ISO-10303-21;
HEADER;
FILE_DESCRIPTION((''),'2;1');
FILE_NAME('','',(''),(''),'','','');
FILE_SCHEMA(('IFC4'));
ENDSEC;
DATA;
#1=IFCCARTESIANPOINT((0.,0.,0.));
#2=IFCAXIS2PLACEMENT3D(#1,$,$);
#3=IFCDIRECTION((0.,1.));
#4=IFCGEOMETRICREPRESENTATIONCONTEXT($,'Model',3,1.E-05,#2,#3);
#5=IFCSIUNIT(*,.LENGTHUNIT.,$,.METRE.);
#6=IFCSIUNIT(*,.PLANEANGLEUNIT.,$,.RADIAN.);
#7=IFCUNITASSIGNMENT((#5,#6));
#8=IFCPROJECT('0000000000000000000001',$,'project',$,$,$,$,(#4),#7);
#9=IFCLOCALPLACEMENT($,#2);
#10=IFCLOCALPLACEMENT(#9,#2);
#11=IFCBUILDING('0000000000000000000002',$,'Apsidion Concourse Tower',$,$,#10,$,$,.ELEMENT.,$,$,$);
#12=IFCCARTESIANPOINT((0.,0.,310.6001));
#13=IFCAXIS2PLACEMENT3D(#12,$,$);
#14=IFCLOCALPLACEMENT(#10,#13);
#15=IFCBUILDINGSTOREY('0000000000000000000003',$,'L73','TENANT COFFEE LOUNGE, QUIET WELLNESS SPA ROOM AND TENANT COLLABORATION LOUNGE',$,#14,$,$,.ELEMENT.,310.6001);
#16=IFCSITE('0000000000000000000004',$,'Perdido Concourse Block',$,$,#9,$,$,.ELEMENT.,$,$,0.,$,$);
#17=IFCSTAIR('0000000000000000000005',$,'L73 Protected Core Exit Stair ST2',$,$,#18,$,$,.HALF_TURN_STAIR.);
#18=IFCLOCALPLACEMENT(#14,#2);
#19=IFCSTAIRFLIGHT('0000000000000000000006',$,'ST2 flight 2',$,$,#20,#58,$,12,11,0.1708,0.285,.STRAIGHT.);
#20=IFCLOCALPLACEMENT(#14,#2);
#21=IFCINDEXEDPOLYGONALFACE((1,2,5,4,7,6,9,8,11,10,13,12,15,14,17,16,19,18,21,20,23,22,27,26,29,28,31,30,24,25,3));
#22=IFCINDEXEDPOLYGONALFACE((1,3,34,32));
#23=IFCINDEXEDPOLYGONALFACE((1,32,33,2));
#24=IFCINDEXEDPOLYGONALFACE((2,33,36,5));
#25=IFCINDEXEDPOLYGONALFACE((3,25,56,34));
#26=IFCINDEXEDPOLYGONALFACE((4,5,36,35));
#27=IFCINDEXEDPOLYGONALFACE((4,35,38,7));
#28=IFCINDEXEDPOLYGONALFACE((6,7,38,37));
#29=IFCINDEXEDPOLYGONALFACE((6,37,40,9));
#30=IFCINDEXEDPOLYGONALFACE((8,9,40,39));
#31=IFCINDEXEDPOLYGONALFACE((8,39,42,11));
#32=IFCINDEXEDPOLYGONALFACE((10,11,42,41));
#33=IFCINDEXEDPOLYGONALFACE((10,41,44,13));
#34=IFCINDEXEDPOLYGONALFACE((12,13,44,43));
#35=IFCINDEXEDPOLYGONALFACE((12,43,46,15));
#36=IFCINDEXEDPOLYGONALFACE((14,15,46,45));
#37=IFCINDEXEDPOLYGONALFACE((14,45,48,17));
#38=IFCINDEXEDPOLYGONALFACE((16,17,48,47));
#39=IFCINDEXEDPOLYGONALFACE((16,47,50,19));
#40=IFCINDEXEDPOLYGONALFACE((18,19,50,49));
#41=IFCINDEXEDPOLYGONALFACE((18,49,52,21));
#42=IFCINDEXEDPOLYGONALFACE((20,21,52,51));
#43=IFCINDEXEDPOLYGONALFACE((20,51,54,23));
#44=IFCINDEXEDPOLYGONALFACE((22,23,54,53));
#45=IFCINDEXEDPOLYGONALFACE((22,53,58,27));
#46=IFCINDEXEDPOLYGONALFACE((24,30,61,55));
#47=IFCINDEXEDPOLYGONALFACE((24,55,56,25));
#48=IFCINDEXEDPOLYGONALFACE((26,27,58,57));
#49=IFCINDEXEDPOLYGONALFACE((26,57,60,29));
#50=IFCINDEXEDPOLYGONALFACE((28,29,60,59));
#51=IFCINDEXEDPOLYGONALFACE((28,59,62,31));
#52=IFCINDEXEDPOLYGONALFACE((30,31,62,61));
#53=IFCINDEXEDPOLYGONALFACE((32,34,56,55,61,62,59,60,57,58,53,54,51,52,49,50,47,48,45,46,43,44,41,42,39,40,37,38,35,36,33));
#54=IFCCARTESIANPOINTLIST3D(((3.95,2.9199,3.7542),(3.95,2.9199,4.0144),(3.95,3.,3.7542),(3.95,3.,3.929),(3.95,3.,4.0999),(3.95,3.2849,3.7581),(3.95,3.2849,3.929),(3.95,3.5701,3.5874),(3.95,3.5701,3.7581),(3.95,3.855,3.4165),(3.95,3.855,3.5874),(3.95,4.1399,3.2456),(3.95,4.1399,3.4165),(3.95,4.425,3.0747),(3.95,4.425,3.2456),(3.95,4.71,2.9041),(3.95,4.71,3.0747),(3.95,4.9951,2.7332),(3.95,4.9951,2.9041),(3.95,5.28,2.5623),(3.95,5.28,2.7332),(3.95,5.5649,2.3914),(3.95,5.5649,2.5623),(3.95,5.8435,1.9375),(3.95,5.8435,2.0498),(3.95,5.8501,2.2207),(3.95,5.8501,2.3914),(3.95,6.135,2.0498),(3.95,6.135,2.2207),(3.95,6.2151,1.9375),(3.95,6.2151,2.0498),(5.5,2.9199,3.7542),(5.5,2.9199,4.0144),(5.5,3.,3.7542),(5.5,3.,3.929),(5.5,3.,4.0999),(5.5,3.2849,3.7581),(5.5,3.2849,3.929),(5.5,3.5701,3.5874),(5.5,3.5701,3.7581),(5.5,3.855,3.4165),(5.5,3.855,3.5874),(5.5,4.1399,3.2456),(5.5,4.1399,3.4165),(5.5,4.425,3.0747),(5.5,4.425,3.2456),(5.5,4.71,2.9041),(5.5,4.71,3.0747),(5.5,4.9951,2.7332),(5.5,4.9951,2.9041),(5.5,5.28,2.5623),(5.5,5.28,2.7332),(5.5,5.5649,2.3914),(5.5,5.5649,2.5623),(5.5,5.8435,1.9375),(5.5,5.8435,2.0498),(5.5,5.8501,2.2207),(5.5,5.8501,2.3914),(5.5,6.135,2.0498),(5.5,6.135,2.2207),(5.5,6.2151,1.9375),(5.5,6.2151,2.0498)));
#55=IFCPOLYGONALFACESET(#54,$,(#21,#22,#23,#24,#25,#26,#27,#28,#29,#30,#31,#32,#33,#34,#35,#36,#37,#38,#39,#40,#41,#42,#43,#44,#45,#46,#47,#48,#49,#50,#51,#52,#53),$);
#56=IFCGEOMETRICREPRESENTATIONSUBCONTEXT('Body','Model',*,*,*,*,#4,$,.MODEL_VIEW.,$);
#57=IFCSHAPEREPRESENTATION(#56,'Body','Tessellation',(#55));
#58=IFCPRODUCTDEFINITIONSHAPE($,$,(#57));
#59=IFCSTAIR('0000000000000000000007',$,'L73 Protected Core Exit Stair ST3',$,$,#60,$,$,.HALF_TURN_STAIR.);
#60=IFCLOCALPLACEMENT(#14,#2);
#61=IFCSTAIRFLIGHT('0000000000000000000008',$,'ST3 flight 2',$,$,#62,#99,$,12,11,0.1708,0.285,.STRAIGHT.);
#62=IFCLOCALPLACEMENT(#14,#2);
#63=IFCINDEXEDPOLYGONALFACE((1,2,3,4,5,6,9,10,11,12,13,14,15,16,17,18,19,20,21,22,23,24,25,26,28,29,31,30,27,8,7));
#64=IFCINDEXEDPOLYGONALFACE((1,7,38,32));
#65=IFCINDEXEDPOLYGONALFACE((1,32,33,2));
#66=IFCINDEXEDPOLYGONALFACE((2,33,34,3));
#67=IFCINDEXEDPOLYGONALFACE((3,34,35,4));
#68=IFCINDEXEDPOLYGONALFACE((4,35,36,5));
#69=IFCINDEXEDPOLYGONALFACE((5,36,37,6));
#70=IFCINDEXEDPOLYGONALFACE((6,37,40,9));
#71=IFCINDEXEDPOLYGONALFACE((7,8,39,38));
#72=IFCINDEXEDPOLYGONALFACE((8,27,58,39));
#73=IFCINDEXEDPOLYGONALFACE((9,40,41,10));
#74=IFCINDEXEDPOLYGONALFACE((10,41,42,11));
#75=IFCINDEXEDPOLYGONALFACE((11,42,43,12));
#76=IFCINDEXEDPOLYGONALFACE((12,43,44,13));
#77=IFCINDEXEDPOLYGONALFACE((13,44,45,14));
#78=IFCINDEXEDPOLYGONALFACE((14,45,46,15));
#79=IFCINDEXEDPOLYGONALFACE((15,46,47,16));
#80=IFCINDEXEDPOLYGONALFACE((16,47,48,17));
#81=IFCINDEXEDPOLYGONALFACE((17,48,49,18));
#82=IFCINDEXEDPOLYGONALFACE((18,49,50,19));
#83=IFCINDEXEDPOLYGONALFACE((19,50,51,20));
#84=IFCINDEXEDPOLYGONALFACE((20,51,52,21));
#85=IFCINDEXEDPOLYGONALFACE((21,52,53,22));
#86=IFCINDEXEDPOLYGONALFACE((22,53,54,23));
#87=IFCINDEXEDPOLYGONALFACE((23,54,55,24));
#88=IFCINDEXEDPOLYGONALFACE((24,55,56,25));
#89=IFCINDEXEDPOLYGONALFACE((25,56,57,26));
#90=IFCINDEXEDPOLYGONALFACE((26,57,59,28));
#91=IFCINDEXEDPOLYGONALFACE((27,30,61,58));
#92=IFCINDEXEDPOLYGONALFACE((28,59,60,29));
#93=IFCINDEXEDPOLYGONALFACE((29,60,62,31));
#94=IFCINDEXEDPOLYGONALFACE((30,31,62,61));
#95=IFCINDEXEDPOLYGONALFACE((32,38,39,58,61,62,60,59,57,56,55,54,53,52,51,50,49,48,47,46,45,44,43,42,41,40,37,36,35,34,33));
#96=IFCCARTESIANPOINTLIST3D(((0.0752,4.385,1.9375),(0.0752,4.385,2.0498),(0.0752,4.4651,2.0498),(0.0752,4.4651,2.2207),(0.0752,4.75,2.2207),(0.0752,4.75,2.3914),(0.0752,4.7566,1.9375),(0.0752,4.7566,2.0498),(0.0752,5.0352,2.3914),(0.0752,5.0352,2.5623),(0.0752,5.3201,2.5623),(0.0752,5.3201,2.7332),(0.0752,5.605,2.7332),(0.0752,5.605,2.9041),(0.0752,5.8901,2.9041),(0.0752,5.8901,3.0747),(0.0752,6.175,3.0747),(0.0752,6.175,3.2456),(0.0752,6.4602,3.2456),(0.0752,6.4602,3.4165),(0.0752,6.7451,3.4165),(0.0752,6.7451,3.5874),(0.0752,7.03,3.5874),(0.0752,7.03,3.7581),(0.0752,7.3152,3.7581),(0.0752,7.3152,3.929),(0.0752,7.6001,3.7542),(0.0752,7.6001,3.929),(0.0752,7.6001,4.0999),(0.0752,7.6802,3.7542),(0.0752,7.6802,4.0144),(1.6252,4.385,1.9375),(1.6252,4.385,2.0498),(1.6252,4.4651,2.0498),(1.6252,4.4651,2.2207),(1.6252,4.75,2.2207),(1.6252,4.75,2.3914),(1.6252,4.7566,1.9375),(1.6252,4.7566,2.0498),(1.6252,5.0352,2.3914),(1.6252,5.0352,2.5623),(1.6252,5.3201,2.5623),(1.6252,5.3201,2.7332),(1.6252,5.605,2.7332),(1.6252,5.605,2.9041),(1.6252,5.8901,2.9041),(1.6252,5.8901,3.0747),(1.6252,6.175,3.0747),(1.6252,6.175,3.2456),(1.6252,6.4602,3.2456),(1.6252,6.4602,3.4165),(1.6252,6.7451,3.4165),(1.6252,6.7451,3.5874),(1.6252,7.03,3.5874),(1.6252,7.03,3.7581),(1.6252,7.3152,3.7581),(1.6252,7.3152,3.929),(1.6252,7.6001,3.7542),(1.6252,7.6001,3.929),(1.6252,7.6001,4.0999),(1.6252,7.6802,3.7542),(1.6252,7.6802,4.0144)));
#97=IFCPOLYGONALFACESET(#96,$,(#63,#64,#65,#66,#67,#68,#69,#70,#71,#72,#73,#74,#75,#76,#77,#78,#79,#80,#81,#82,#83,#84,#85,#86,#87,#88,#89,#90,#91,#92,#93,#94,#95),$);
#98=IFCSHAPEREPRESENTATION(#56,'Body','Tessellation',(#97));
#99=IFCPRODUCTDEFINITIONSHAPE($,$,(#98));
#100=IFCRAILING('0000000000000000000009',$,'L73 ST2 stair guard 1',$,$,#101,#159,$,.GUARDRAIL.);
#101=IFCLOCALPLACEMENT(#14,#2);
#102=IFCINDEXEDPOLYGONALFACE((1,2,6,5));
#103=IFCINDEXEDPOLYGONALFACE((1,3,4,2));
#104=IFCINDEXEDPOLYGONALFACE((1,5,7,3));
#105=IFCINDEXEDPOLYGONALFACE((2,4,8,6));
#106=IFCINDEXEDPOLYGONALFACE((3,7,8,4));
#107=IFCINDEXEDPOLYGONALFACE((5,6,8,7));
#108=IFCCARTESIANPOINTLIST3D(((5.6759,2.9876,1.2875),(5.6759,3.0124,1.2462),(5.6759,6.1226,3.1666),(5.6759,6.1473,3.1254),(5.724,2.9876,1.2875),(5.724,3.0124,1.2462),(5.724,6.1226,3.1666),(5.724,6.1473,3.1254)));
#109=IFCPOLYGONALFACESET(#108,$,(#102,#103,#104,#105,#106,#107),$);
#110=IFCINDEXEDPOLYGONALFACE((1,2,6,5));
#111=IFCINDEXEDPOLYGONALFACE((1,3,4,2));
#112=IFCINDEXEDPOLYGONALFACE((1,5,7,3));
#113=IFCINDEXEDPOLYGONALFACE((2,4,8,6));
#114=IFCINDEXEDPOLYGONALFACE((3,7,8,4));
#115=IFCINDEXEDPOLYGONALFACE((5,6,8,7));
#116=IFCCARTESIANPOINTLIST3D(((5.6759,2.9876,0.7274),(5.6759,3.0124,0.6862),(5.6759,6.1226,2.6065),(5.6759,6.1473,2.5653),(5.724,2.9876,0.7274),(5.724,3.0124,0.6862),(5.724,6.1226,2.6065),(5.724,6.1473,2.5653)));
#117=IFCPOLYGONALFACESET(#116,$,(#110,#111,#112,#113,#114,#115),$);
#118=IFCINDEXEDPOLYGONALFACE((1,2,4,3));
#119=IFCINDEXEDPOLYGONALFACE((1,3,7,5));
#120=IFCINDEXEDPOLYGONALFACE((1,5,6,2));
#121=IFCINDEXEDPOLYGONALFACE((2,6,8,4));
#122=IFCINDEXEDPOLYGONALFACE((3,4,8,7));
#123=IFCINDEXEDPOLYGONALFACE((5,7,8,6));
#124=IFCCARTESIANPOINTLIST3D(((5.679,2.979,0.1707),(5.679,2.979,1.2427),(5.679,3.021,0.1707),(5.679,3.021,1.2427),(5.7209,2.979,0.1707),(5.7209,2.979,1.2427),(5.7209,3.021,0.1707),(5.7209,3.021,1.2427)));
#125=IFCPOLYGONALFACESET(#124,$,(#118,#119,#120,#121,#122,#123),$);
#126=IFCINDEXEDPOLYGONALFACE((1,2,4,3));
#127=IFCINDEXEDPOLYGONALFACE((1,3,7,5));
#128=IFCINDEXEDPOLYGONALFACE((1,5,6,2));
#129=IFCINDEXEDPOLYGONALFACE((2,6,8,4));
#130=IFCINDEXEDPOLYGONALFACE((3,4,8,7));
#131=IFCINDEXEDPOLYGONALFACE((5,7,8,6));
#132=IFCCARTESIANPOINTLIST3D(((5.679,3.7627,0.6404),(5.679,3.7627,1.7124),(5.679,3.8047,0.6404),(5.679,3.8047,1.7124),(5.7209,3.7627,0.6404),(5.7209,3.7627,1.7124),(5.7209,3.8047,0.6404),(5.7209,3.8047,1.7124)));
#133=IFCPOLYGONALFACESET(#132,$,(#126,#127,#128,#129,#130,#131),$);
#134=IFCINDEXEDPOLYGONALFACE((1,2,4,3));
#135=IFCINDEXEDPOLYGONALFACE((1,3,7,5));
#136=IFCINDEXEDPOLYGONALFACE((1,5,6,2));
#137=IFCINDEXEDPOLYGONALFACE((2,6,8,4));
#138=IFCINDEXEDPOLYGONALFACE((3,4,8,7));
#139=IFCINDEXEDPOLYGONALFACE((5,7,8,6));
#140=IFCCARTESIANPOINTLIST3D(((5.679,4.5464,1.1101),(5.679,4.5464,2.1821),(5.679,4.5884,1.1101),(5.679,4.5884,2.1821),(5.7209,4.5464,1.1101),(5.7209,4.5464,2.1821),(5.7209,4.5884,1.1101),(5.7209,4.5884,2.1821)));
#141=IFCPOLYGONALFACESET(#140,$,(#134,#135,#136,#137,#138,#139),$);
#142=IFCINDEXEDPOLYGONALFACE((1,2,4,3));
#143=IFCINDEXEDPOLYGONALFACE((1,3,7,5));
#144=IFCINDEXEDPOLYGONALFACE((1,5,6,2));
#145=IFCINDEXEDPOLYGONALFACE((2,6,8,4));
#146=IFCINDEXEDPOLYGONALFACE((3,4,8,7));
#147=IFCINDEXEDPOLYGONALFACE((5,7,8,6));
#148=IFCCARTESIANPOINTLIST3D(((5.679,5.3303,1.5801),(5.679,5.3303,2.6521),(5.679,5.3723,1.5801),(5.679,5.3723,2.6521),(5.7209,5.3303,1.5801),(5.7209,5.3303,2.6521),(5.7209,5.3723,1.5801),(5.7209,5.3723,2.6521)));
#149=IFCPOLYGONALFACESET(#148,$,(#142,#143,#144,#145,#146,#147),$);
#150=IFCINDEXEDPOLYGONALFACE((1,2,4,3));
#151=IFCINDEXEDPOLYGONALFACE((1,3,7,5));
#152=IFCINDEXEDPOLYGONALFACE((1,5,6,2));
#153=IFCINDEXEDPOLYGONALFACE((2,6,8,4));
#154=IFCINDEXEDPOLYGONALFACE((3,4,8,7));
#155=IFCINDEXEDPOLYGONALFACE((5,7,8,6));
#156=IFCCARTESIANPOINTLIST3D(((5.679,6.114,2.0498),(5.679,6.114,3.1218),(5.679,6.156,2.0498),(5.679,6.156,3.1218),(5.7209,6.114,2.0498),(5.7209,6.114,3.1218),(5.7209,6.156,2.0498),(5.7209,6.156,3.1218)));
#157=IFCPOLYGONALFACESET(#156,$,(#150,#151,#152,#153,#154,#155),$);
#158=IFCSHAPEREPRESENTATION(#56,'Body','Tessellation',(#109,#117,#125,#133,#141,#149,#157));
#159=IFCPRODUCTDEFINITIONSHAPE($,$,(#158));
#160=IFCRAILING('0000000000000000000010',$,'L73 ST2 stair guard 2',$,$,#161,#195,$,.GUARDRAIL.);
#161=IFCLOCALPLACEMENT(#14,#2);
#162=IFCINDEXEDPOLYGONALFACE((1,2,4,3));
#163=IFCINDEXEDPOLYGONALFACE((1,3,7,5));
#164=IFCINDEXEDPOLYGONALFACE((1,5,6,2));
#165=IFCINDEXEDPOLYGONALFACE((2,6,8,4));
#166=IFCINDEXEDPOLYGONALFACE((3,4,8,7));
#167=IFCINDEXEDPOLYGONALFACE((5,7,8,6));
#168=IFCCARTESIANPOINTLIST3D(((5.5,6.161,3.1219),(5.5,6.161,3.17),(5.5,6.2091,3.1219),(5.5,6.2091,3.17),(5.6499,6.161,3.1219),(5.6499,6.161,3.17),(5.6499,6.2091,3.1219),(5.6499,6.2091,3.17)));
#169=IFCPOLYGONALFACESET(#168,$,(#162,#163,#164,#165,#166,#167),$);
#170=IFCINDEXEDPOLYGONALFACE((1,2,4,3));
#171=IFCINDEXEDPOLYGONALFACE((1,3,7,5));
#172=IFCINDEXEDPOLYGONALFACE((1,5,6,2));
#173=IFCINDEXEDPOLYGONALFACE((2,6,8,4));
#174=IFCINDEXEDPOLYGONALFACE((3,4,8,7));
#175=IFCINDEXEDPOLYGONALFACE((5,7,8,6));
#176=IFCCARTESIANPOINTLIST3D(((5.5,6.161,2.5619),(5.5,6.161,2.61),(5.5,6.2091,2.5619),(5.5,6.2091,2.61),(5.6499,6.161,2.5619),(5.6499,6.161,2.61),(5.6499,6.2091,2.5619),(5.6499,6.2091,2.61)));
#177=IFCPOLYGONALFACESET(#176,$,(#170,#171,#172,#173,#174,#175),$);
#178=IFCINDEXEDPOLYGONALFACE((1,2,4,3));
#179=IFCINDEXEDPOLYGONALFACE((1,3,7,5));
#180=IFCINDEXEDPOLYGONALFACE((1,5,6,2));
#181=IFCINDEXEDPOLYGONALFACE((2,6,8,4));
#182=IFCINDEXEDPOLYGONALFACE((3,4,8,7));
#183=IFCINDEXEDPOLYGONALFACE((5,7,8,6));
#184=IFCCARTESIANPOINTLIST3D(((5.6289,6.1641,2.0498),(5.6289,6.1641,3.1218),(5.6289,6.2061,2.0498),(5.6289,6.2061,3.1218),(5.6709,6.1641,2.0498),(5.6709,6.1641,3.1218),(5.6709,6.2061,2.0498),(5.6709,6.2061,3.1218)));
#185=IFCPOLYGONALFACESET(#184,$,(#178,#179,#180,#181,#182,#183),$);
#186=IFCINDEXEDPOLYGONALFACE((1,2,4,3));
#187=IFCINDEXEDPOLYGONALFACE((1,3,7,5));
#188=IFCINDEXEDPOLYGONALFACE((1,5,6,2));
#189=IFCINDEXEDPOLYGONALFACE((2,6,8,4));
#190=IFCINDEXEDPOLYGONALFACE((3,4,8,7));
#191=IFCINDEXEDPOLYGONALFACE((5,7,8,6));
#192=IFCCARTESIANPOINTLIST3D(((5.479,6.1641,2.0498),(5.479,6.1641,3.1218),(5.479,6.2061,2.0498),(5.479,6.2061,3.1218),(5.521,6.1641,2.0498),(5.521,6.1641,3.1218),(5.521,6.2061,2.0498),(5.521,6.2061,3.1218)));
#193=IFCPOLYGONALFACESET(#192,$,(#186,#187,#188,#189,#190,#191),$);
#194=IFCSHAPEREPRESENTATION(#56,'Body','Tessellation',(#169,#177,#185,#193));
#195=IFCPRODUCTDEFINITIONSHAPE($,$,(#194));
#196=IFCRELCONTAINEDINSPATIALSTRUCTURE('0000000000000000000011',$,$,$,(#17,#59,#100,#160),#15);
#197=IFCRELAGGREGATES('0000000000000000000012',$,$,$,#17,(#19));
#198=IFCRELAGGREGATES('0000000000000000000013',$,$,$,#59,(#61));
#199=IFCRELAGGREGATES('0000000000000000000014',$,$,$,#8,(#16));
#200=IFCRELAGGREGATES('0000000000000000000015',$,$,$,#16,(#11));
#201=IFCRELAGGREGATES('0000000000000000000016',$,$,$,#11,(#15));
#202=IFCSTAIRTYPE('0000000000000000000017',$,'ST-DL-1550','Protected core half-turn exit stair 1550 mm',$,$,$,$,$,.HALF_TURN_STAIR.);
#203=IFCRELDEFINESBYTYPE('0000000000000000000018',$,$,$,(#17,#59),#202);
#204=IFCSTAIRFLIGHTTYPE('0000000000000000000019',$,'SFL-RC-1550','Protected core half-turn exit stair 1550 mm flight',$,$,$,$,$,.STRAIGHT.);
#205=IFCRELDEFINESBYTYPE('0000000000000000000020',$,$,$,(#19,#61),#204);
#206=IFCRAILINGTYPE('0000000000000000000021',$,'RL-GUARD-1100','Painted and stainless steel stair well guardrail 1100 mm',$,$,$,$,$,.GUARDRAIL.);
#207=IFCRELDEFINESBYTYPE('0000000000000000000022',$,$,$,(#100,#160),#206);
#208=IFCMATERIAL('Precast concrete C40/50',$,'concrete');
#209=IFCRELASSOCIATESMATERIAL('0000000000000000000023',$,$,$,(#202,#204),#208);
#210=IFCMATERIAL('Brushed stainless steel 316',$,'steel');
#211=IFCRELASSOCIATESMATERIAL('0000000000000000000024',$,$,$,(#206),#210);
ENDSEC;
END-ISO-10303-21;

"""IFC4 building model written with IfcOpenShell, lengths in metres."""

from ifc_helpers import new_model, si_unit, direction, frame, origin, origin_2d, place, context, subcontext, project, spatial, polyline, rectangle, outline, extrude, material, type_object, element, aggregate, save


model = new_model("IFC4")

# Units and contexts
model_context = context("Model", 3, precision=1e-05, world=origin(), true_north=direction((0.0, 1.0)))
body_context = subcontext(model_context, "Body", "Model", "MODEL_VIEW")
ifc_project = project(units=[si_unit("LENGTHUNIT", "METRE"), si_unit("PLANEANGLEUNIT", "RADIAN")], contexts=[model_context])

# Site, building, storey
site_placement = place(None, origin())
site = spatial("IfcSite", under=ifc_project, at=site_placement, Name="Perdido Concourse Block", CompositionType="ELEMENT", RefElevation=0.0)
building_placement = place(site_placement, origin())
building = spatial("IfcBuilding", under=site, at=building_placement, Name="Apsidion Concourse Tower", CompositionType="ELEMENT")
storey_placement = place(building_placement, frame((0.0, 0.0, 310.6001)))
storey = spatial("IfcBuildingStorey", under=building, at=storey_placement, Name="L73", Description="TENANT COFFEE LOUNGE, QUIET WELLNESS SPA ROOM AND TENANT COLLABORATION LOUNGE", CompositionType="ELEMENT", Elevation=310.6001)

# Stair, stair flight
ifc_material_1 = material(Name="Precast concrete C40/50", Category="concrete")
stair_type = type_object("IfcStairType", Name="ST-DL-1550", Description="Protected core half-turn exit stair 1550 mm", PredefinedType="HALF_TURN_STAIR", material=ifc_material_1)
stair_1_placement = place(storey_placement, origin())
stair_1 = element("IfcStair", 1, at=stair_1_placement, inside=storey, type_object=stair_type, Name="L73 Protected Core Exit Stair ST2", PredefinedType="HALF_TURN_STAIR")
stair_flight_type = type_object("IfcStairFlightType", Name="SFL-RC-1550", Description="Protected core half-turn exit stair 1550 mm flight", PredefinedType="STRAIGHT", material=ifc_material_1)
stair_flight_1_placement = place(storey_placement, frame((4.7251, 6.135, 2.0498), z_axis=(0.0, 0.0, 1.0), x_axis=(0.0, -1.0, 0.0)))
stair_flight_1 = element("IfcStairFlight", 2, at=stair_flight_1_placement, type_object=stair_flight_type, Name="ST2 flight 2", NumberOfRisers=12, NumberOfTreads=11, PredefinedType="STRAIGHT", RiserHeight=0.1708, TreadLength=0.285, context=body_context, shape_type="SweptSolid", body=[
    extrude(outline(polyline([(-0.0801, -0.1123), (-0.0801, 0.0), (0.0, 0.0), (0.0, 0.1709), (0.2849, 0.1709), (0.2849, 0.3416), (0.5701, 0.3416), (0.5701, 0.5125), (0.855, 0.5125), (0.855, 0.6833), (1.1399, 0.6833), (1.1399, 0.8542), (1.425, 0.8542), (1.425, 1.0249), (1.71, 1.0249), (1.71, 1.1958), (1.9951, 1.1958), (1.9951, 1.3667), (2.28, 1.3667), (2.28, 1.5376), (2.5649, 1.5376), (2.5649, 1.7083), (2.8501, 1.7083), (2.8501, 1.8792), (3.135, 1.8792), (3.135, 2.05), (3.2151, 1.9646), (3.2151, 1.7043), (3.135, 1.7043), (0.2915, 0.0), (0.2915, -0.1123), (-0.0801, -0.1123)])), frame((0.0, 0.7749, 0.0), z_axis=(0.0, -1.0, 0.0), x_axis=(1.0, 0.0, 0.0)), (0.0, 0.0, 1.0), 1.55),
])
aggregate(stair_1, [stair_flight_1])

# Stair, stair flight
stair_2_placement = place(storey_placement, origin())
stair_2 = element("IfcStair", 3, at=stair_2_placement, inside=storey, type_object=stair_type, Name="L73 Protected Core Exit Stair ST3", PredefinedType="HALF_TURN_STAIR")
stair_flight_2_placement = place(storey_placement, frame((0.8501, 4.4651, 2.0498), z_axis=(0.0, 0.0, 1.0), x_axis=(0.0, 1.0, 0.0)))
stair_flight_2 = element("IfcStairFlight", 4, at=stair_flight_2_placement, type_object=stair_flight_type, Name="ST3 flight 2", NumberOfRisers=12, NumberOfTreads=11, PredefinedType="STRAIGHT", RiserHeight=0.1708, TreadLength=0.285, context=body_context, shape_type="SweptSolid", body=[
    extrude(outline(polyline([(-0.0801, -0.1123), (-0.0801, 0.0), (0.0, 0.0), (0.0, 0.1709), (0.2849, 0.1709), (0.2849, 0.3416), (0.5701, 0.3416), (0.5701, 0.5125), (0.855, 0.5125), (0.855, 0.6833), (1.1399, 0.6833), (1.1399, 0.8542), (1.425, 0.8542), (1.425, 1.0249), (1.71, 1.0249), (1.71, 1.1958), (1.9951, 1.1958), (1.9951, 1.3667), (2.28, 1.3667), (2.28, 1.5376), (2.5649, 1.5376), (2.5649, 1.7083), (2.8501, 1.7083), (2.8501, 1.8792), (3.135, 1.8792), (3.135, 2.05), (3.2151, 1.9646), (3.2151, 1.7043), (3.135, 1.7043), (0.2915, 0.0), (0.2915, -0.1123), (-0.0801, -0.1123)])), frame((0.0, 0.7749, 0.0), z_axis=(0.0, -1.0, 0.0), x_axis=(1.0, 0.0, 0.0)), (0.0, 0.0, 1.0), 1.55),
])
aggregate(stair_2, [stair_flight_2])

# Railings
ifc_material_2 = material(Name="Brushed stainless steel 316", Category="steel")
railing_type_1 = type_object("IfcRailingType", Name="RL-GUARD-1100", Description="Painted and stainless steel stair well guardrail 1100 mm", PredefinedType="GUARDRAIL", material=ifc_material_2)
railing_1_placement = place(storey_placement, frame((5.7, 3.0, 0.1707)))
element("IfcRailing", 5, at=railing_1_placement, inside=storey, type_object=railing_type_1, Name="L73 ST2 stair guard 1", PredefinedType="GUARDRAIL", context=body_context, shape_type="SweptSolid", body=[
    extrude(rectangle(XDim=0.0481, YDim=0.0481, at=origin_2d()), frame((0.0, 0.0, 1.0962), z_axis=(0.0, 0.857717, 0.514122), x_axis=(-1.0, 0.0, 0.0)), (0.0, 0.0, 1.0), 3.655),
    extrude(rectangle(XDim=0.0481, YDim=0.0481, at=origin_2d()), frame((0.0, 0.0, 0.5361), z_axis=(0.0, 0.857717, 0.514122), x_axis=(-1.0, 0.0, 0.0)), (0.0, 0.0, 1.0), 3.655),
    extrude(rectangle(XDim=0.042, YDim=0.042, at=origin_2d()), origin(), (0.0, 0.0, 1.0), 1.072),
    extrude(rectangle(XDim=0.042, YDim=0.042, at=origin_2d()), frame((0.0, 0.7837, 0.4697)), (0.0, 0.0, 1.0), 1.072),
    extrude(rectangle(XDim=0.042, YDim=0.042, at=origin_2d()), frame((0.0, 1.5674, 0.9395)), (0.0, 0.0, 1.0), 1.072),
    extrude(rectangle(XDim=0.042, YDim=0.042, at=origin_2d()), frame((0.0, 2.3513, 1.4094)), (0.0, 0.0, 1.0), 1.072),
    extrude(rectangle(XDim=0.042, YDim=0.042, at=origin_2d()), frame((0.0, 3.135, 1.8792)), (0.0, 0.0, 1.0), 1.072),
])
railing_2_placement = place(storey_placement, frame((5.6499, 6.1851, 2.0498)))
element("IfcRailing", 6, at=railing_2_placement, inside=storey, type_object=railing_type_1, Name="L73 ST2 stair guard 2", PredefinedType="GUARDRAIL", context=body_context, shape_type="SweptSolid", body=[
    extrude(rectangle(XDim=0.0481, YDim=0.0481, at=origin_2d()), frame((0.0, 0.0, 1.0962), z_axis=(-1.0, 0.0, 0.0), x_axis=(0.0, -1.0, 0.0)), (0.0, 0.0, 1.0), 0.1499),
    extrude(rectangle(XDim=0.0481, YDim=0.0481, at=origin_2d()), frame((0.0, 0.0, 0.5361), z_axis=(-1.0, 0.0, 0.0), x_axis=(0.0, -1.0, 0.0)), (0.0, 0.0, 1.0), 0.1499),
    extrude(rectangle(XDim=0.042, YDim=0.042, at=origin_2d()), origin(), (0.0, 0.0, 1.0), 1.072),
    extrude(rectangle(XDim=0.042, YDim=0.042, at=origin_2d()), frame((-0.1499, 0.0, 0.0)), (0.0, 0.0, 1.0), 1.072),
])

save(model, "model.ifc")
